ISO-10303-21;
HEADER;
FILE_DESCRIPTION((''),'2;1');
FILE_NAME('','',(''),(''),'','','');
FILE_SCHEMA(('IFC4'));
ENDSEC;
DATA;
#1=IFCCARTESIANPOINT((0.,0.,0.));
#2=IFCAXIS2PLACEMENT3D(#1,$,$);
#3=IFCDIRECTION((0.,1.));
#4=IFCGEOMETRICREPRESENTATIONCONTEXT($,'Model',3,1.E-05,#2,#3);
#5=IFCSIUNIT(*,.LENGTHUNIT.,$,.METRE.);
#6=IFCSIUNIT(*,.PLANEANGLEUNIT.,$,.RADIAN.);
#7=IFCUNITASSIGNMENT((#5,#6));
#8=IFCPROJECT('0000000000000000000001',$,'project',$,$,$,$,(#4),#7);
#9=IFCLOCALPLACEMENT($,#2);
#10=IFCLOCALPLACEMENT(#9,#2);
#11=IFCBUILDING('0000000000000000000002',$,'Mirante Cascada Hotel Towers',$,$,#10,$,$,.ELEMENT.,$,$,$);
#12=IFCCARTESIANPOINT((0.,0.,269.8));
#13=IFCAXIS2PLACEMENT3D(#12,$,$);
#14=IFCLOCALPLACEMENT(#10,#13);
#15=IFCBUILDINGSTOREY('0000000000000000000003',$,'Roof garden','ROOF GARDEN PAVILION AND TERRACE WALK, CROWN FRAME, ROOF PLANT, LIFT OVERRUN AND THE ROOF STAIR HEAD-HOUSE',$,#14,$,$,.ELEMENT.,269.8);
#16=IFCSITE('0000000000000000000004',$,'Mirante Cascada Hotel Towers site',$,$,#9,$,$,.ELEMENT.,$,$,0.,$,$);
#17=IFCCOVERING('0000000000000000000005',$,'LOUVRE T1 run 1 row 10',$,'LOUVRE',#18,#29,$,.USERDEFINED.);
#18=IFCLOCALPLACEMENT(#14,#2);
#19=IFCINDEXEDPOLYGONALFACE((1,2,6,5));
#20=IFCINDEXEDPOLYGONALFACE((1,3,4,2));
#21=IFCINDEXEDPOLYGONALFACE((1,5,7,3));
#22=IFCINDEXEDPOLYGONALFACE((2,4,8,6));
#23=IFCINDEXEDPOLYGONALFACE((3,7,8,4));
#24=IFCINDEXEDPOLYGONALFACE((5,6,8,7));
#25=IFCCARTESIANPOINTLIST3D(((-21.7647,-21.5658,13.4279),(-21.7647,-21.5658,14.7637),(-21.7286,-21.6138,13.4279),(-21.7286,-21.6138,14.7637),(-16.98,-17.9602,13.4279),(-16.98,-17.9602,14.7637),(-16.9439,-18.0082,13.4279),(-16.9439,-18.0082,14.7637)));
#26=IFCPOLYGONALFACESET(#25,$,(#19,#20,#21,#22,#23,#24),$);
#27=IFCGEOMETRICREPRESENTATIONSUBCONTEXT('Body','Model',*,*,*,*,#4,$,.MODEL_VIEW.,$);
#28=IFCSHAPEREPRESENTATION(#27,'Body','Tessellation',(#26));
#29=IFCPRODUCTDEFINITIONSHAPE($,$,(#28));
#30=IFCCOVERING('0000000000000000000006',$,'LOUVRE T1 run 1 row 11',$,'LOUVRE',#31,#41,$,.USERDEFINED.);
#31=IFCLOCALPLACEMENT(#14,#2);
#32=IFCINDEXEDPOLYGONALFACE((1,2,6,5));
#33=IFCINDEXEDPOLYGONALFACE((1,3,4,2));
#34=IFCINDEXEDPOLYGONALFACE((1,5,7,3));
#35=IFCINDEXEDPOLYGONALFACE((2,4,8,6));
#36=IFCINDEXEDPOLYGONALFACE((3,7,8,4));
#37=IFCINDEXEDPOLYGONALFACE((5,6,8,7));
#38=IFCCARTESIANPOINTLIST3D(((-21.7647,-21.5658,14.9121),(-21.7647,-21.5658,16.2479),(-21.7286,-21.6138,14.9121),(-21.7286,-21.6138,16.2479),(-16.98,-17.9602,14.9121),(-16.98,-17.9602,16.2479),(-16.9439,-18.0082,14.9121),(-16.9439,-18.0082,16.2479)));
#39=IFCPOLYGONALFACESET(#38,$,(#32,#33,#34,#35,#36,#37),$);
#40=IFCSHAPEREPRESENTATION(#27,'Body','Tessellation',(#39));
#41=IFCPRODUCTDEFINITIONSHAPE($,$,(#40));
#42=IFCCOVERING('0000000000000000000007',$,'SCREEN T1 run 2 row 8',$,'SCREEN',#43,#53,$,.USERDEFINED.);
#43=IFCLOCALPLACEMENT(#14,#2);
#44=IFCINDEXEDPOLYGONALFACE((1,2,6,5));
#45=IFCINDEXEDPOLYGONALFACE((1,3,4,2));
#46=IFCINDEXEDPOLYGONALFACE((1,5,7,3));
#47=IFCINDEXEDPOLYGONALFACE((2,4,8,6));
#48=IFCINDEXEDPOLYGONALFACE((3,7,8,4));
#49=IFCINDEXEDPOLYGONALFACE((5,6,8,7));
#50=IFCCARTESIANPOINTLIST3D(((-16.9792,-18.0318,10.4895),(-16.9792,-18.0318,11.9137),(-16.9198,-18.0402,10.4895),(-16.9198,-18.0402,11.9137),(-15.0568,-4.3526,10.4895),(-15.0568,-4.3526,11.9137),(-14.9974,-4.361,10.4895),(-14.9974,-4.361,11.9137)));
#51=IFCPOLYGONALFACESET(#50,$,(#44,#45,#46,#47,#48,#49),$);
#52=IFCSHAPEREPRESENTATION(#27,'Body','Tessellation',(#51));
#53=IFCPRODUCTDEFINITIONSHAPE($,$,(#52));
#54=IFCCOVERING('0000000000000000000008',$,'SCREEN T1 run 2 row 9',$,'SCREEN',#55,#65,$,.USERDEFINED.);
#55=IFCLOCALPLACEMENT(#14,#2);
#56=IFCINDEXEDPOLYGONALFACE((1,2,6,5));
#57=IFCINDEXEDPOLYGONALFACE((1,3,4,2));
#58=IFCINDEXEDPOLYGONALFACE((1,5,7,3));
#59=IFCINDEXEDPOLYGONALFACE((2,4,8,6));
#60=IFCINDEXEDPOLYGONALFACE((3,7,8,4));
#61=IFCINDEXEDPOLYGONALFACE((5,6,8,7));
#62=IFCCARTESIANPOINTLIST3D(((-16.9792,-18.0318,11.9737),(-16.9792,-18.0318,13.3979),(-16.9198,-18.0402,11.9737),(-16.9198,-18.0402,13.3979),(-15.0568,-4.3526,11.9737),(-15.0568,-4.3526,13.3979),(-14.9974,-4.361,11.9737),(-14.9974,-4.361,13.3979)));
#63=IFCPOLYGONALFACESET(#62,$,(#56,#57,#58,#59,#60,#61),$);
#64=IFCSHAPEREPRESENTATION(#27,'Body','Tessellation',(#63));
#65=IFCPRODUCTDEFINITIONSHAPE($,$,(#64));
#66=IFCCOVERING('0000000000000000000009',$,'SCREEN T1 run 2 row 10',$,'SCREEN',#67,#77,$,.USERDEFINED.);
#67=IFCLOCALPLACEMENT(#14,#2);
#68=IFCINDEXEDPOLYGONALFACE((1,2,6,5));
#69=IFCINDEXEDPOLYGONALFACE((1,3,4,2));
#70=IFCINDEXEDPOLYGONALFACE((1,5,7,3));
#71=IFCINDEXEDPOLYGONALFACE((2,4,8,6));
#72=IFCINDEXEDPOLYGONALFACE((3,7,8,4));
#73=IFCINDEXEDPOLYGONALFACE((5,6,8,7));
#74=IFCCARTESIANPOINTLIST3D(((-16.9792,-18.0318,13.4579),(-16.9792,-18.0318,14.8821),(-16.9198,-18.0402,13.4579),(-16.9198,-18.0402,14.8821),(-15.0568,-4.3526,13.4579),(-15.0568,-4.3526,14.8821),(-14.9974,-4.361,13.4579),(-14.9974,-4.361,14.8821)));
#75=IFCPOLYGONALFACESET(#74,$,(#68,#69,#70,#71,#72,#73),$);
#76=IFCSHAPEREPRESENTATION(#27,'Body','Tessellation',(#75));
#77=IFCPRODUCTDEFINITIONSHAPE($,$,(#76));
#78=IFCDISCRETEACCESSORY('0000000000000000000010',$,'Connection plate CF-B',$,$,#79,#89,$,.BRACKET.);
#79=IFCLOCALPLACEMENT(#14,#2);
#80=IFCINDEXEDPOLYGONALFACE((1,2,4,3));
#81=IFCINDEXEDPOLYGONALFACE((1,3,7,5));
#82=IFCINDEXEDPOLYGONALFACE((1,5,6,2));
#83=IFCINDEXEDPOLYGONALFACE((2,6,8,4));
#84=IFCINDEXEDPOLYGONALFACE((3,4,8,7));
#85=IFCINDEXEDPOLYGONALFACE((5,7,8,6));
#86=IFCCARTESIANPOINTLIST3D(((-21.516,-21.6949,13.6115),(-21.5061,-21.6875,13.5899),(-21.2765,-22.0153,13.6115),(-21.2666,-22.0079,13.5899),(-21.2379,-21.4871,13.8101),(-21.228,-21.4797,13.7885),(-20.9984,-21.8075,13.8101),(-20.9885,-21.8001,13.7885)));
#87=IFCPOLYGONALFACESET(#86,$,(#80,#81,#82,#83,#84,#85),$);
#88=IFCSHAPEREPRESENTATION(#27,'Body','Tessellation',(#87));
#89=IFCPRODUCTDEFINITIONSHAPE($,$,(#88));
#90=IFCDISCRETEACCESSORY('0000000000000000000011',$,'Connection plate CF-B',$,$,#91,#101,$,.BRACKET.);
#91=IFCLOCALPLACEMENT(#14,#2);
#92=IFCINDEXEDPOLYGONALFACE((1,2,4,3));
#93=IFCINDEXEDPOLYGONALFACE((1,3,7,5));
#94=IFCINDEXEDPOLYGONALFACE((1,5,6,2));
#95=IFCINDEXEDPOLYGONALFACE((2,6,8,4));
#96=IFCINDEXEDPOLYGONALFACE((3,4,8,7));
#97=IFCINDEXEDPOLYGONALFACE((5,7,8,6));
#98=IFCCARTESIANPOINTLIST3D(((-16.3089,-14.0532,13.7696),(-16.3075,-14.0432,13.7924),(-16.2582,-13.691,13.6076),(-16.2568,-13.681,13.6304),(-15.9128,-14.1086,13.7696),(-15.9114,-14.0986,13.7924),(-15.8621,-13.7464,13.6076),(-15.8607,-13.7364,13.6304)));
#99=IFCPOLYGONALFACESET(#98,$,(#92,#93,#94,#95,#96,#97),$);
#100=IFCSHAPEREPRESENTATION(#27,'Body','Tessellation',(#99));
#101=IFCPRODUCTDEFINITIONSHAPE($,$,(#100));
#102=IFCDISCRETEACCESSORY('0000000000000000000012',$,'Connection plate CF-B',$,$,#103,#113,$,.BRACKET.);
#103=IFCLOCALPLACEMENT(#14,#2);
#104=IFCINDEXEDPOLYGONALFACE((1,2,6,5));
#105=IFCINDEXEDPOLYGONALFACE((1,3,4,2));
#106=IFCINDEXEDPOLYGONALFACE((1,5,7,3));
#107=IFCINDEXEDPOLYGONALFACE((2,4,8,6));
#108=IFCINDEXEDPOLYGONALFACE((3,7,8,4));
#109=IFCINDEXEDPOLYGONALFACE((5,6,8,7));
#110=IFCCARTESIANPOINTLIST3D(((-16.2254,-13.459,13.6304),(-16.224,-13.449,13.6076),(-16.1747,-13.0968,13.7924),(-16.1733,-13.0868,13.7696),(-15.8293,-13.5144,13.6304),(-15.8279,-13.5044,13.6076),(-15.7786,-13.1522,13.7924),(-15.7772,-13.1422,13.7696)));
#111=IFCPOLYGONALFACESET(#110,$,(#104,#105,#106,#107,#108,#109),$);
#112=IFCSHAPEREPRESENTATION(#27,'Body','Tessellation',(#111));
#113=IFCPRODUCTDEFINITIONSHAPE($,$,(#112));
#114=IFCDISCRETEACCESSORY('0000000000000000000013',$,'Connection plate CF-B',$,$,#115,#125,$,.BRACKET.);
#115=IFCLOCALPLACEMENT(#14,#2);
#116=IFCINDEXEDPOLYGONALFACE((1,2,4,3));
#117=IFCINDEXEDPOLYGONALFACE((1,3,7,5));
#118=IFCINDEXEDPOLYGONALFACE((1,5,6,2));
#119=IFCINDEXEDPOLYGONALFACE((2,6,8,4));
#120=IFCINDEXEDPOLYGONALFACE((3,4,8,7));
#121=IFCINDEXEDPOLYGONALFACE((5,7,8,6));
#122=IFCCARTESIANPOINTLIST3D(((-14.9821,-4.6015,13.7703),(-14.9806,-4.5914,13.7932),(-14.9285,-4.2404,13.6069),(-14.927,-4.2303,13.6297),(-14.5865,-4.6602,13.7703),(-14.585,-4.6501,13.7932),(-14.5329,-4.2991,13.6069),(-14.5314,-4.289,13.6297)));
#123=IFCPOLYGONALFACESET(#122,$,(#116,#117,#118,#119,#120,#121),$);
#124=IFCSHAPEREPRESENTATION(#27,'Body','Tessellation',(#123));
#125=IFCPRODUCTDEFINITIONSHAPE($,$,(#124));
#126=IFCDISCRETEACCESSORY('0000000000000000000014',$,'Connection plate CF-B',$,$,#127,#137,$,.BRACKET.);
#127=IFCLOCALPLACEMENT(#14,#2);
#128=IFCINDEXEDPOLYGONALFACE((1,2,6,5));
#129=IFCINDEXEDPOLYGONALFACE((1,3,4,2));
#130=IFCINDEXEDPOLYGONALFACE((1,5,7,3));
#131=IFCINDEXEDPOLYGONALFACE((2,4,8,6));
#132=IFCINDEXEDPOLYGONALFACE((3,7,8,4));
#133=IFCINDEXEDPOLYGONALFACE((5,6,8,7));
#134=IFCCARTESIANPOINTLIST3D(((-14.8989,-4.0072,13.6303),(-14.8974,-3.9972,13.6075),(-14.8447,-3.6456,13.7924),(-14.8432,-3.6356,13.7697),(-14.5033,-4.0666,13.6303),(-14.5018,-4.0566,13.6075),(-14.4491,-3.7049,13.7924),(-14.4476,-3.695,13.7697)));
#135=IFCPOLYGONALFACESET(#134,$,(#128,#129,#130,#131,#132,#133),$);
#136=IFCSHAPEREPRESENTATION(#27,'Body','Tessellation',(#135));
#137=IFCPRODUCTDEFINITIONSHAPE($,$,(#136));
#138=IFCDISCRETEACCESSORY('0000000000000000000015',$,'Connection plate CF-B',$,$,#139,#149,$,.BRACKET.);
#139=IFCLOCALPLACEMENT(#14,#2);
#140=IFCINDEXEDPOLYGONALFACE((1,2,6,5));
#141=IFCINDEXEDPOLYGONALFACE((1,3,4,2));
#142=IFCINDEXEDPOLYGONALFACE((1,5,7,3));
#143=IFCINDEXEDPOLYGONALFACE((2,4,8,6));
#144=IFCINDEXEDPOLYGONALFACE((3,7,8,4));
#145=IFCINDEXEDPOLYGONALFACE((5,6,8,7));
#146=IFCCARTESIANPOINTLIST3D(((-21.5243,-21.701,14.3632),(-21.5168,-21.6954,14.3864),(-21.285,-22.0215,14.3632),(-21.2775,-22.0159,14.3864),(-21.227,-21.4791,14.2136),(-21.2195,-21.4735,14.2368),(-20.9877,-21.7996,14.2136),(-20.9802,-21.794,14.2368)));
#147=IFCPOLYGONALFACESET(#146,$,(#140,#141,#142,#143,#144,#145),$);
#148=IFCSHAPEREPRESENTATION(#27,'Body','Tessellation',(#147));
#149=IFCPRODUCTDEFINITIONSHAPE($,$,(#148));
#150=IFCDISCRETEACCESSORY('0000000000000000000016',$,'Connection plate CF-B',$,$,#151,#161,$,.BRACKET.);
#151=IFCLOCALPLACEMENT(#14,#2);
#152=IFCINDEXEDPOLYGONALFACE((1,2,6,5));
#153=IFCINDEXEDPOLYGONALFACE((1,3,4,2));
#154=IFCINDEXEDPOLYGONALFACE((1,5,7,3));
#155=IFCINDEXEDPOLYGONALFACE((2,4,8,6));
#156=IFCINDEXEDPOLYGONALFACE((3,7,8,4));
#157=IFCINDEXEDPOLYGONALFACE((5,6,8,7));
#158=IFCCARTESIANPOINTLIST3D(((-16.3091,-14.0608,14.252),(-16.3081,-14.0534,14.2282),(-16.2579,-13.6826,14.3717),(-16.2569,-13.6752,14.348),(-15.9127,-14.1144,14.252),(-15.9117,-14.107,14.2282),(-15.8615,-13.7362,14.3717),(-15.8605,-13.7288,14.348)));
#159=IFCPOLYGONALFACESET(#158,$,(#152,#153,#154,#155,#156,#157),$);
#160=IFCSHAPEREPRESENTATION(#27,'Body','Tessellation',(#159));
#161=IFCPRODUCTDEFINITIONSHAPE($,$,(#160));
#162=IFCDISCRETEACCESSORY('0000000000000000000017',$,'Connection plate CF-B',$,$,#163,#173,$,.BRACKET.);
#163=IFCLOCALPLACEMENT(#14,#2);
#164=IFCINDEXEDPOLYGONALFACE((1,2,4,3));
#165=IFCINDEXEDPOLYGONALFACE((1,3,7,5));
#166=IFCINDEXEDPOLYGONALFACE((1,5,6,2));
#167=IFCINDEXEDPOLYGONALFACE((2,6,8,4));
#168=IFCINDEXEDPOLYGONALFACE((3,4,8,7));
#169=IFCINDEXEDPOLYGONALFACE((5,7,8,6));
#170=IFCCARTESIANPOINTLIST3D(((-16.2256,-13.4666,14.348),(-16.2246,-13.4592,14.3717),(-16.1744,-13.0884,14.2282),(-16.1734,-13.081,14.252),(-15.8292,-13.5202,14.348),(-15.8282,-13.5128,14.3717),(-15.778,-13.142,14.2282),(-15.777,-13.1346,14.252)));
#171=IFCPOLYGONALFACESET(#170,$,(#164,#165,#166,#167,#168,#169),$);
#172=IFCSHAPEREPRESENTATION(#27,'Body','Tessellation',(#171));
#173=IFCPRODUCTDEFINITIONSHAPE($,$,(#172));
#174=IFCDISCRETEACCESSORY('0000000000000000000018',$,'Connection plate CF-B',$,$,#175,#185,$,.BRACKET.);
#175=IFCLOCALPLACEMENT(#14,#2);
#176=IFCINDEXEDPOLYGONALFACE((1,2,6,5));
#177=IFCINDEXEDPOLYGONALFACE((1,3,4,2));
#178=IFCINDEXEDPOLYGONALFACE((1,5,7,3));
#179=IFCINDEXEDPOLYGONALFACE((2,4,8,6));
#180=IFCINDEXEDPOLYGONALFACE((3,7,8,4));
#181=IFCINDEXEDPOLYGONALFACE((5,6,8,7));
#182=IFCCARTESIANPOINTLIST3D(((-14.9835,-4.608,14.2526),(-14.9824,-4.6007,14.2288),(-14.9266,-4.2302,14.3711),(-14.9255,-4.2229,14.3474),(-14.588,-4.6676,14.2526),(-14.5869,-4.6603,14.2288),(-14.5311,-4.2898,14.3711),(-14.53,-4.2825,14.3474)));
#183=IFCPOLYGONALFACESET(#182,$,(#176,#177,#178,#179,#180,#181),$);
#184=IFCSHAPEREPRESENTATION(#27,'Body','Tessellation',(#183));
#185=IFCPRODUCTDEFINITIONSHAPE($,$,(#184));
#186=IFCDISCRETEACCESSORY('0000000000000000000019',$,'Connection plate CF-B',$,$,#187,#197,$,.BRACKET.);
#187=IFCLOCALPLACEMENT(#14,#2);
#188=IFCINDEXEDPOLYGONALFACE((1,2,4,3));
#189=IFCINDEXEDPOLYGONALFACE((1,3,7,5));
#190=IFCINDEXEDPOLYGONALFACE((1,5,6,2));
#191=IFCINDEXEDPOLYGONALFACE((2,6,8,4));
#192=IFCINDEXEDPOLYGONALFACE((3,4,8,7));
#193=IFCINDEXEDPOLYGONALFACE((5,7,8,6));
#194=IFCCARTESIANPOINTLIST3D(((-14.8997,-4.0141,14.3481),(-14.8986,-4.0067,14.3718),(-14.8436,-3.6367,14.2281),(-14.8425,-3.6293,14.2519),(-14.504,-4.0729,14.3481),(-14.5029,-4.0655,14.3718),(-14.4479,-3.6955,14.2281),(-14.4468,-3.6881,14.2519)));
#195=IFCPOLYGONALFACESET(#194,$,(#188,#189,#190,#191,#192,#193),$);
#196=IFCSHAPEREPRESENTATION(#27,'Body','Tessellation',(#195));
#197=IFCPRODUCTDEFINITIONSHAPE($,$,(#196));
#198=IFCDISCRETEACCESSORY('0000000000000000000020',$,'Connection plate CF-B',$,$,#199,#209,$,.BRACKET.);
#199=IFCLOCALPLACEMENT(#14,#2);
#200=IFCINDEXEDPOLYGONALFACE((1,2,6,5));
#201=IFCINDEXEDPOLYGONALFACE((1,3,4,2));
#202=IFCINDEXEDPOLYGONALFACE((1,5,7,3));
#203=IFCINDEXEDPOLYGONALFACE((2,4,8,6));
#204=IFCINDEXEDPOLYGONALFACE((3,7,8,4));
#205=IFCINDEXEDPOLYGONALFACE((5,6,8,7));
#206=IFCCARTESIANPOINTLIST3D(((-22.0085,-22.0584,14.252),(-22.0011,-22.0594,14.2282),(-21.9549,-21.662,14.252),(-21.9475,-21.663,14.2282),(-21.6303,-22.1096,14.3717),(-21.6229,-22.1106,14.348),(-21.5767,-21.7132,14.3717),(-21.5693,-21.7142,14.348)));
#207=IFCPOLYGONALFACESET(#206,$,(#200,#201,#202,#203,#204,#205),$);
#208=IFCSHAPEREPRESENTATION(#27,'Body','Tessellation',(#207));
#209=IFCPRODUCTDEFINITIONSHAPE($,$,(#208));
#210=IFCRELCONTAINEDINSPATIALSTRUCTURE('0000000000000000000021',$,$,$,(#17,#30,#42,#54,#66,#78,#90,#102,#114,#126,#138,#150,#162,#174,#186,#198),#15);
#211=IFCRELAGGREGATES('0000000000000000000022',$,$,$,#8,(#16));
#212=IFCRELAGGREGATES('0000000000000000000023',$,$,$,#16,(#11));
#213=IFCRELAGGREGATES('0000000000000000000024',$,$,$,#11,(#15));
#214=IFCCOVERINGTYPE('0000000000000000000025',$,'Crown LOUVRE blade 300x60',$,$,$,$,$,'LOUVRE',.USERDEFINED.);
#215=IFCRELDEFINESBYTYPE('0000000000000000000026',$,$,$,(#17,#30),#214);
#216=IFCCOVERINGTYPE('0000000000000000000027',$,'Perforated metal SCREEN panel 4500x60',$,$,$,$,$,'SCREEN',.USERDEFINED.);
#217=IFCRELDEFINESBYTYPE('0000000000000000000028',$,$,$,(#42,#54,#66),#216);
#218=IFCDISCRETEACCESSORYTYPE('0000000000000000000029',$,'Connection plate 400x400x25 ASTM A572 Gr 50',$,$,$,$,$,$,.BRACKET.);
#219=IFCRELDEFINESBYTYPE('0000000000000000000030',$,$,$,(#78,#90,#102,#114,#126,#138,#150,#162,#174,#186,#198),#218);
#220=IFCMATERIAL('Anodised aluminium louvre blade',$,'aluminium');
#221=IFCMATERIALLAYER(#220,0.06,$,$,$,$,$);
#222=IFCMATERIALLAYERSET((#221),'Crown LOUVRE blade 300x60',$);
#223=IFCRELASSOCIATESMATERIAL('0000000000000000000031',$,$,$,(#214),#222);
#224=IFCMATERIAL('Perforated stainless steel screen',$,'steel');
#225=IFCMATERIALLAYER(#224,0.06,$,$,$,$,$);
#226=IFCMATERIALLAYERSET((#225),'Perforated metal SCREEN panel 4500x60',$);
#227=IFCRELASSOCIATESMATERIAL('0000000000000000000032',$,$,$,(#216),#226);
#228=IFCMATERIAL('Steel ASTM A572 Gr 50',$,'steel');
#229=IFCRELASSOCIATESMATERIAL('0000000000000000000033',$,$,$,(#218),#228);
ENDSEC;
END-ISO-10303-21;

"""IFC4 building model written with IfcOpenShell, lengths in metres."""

from ifc_helpers import new_model, si_unit, direction, frame, origin, origin_2d, place, context, subcontext, project, spatial, rectangle, extrude, material, layer, layer_set, material_profile, profile_set, type_object, element, save


model = new_model("IFC4")

# Units and contexts
model_context = context("Model", 3, precision=1e-05, world=origin(), true_north=direction((0.0, 1.0)))
body_context = subcontext(model_context, "Body", "Model", "MODEL_VIEW")
ifc_project = project(units=[si_unit("LENGTHUNIT", "METRE"), si_unit("PLANEANGLEUNIT", "RADIAN")], contexts=[model_context])

# Site, building, storey
site_placement = place(None, origin())
site = spatial("IfcSite", under=ifc_project, at=site_placement, Name="Mirante Cascada Hotel Towers site", CompositionType="ELEMENT", RefElevation=0.0)
building_placement = place(site_placement, origin())
building = spatial("IfcBuilding", under=site, at=building_placement, Name="Mirante Cascada Hotel Towers", CompositionType="ELEMENT")
storey_placement = place(building_placement, frame((0.0, 0.0, 269.8)))
storey = spatial("IfcBuildingStorey", under=building, at=storey_placement, Name="Roof garden", Description="ROOF GARDEN PAVILION AND TERRACE WALK, CROWN FRAME, ROOF PLANT, LIFT OVERRUN AND THE ROOF STAIR HEAD-HOUSE", CompositionType="ELEMENT", Elevation=269.8)

# Coverings
ifc_material_1 = material(Name="Anodised aluminium louvre blade", Category="aluminium")
ifc_layer_1 = layer(ifc_material_1, 0.06)
ifc_layer_set_1 = layer_set([ifc_layer_1], Name="Crown LOUVRE blade 300x60")
covering_type_1 = type_object("IfcCoveringType", Name="Crown LOUVRE blade 300x60", ElementType="LOUVRE", PredefinedType="USERDEFINED", material=ifc_layer_set_1)
for number, where, z_axis, x_axis, name in (
    (1, (-19.3543, -19.787, 13.4279), (0.0, 0.0, 1.0), (0.798636, 0.601815, 0.0), "LOUVRE T1 run 1 row 10"),
    (2, (-19.3543, -19.787, 14.9121), (0.0, 0.0, 1.0), (0.798636, 0.601815, 0.0), "LOUVRE T1 run 1 row 11"),
):
    element("IfcCovering", number, at=place(storey_placement, frame(where, z_axis=z_axis, x_axis=x_axis)), inside=storey, type_object=covering_type_1, Name=name, ObjectType="LOUVRE", PredefinedType="USERDEFINED", context=body_context, shape_type="SweptSolid", body=[
        extrude(rectangle(XDim=5.9912, YDim=0.06, at=origin_2d()), origin(), (0.0, 0.0, 1.0), 1.3358),
    ])
ifc_material_2 = material(Name="Perforated stainless steel screen", Category="steel")
ifc_layer_2 = layer(ifc_material_2, 0.06)
ifc_layer_set_2 = layer_set([ifc_layer_2], Name="Perforated metal SCREEN panel 4500x60")
covering_type_2 = type_object("IfcCoveringType", Name="Perforated metal SCREEN panel 4500x60", ElementType="SCREEN", PredefinedType="USERDEFINED", material=ifc_layer_set_2)
for number, where, z_axis, x_axis, name in (
    (3, (-15.9883, -11.1964, 10.4895), (0.0, 0.0, 1.0), (0.139173, 0.990268, 0.0), "SCREEN T1 run 2 row 8"),
    (4, (-15.9883, -11.1964, 11.9737), (0.0, 0.0, 1.0), (0.139173, 0.990268, 0.0), "SCREEN T1 run 2 row 9"),
    (5, (-15.9883, -11.1964, 13.4579), (0.0, 0.0, 1.0), (0.139173, 0.990268, 0.0), "SCREEN T1 run 2 row 10"),
):
    element("IfcCovering", number, at=place(storey_placement, frame(where, z_axis=z_axis, x_axis=x_axis)), inside=storey, type_object=covering_type_2, Name=name, ObjectType="SCREEN", PredefinedType="USERDEFINED", context=body_context, shape_type="SweptSolid", body=[
        extrude(rectangle(XDim=13.8136, YDim=0.06, at=origin_2d()), origin(), (0.0, 0.0, 1.0), 1.4242),
    ])

# Discrete accessories
ifc_material_3 = material(Name="Steel ASTM A572 Gr 50", Category="steel")
ifc_material_profile_1 = material_profile(ifc_material_3, rectangle(XDim=0.4, YDim=0.4, at=origin_2d()), Name="Connection plate 400x400x25 ASTM A572 Gr 50")
ifc_profile_set_1 = profile_set([ifc_material_profile_1], Name="Steel ASTM A572 Gr 50")
discrete_accessory_type = type_object("IfcDiscreteAccessoryType", Name="Connection plate 400x400x25 ASTM A572 Gr 50", PredefinedType="BRACKET", material=ifc_profile_set_1)
for number, where, z_axis, x_axis, name in (
    (6, (-21.2473, -21.7438, 13.6892), (-0.397809, -0.297352, 0.867946), (0.598705, -0.80097, 0.0), "Connection plate CF-B"),
    (7, (-16.0855, -13.8998, 13.6886), (0.056144, 0.401028, 0.914344), (-0.990342, 0.138648, 0.0), "Connection plate CF-B"),
    (8, (-16.0006, -13.2956, 13.6886), (-0.056144, -0.401028, 0.914344), (0.990342, -0.138648, 0.0), "Connection plate CF-B"),
):
    element("IfcDiscreteAccessory", number, at=place(storey_placement, frame(where, z_axis=z_axis, x_axis=x_axis)), inside=storey, type_object=discrete_accessory_type, Name=name, PredefinedType="BRACKET", context=body_context, shape_type="SweptSolid", body=[
        extrude(rectangle(XDim=0.4, YDim=0.4, at=origin_2d()), origin(), (0.0, 0.0, 1.0), 0.0249),
    ])
discrete_accessory_1_placement = place(storey_placement, frame((-14.7575, -4.4503, 13.6886), z_axis=(0.060043, 0.404291, 0.912657), x_axis=(-0.989151, 0.146904, 0.0)))
element("IfcDiscreteAccessory", 9, at=discrete_accessory_1_placement, inside=storey, type_object=discrete_accessory_type, Name="Connection plate CF-B", PredefinedType="BRACKET", context=body_context, shape_type="SweptSolid", body=[
    extrude(rectangle(XDim=0.4, YDim=0.4, at=origin_2d()), origin(), (0.0, 0.0, 1.0), 0.025),
])
discrete_accessory_2_placement = place(storey_placement, frame((-14.6725, -3.8461, 13.6886), z_axis=(-0.06014, -0.400935, 0.914131), x_axis=(0.988936, -0.14834, 0.0)))
element("IfcDiscreteAccessory", 10, at=discrete_accessory_2_placement, inside=storey, type_object=discrete_accessory_type, Name="Connection plate CF-B", PredefinedType="BRACKET", context=body_context, shape_type="SweptSolid", body=[
    extrude(rectangle(XDim=0.4, YDim=0.4, at=origin_2d()), origin(), (0.0, 0.0, 1.0), 0.0249),
])
discrete_accessory_3_placement = place(storey_placement, frame((-21.256, -21.7503, 14.2884), z_axis=(0.299796, 0.223848, 0.92737), x_axis=(-0.598289, 0.80128, 0.0)))
element("IfcDiscreteAccessory", 11, at=discrete_accessory_3_placement, inside=storey, type_object=discrete_accessory_type, Name="Connection plate CF-B", PredefinedType="BRACKET", context=body_context, shape_type="SweptSolid", body=[
    extrude(rectangle(XDim=0.4, YDim=0.4, at=origin_2d()), origin(), (0.0, 0.0, 1.0), 0.025),
])
for number, where, z_axis, x_axis, name in (
    (12, (-16.0843, -13.8911, 14.2881), (-0.04009, -0.296665, 0.95414), (0.990992, -0.133918, 0.0), "Connection plate CF-B"),
    (13, (-16.0018, -13.3043, 14.2881), (0.04009, 0.296665, 0.95414), (-0.990992, 0.133918, 0.0), "Connection plate CF-B"),
    (14, (-14.7562, -4.4416, 14.2881), (-0.044144, -0.292953, 0.955107), (0.988837, -0.149003, 0.0), "Connection plate CF-B"),
    (15, (-14.6738, -3.8548, 14.2881), (0.044091, 0.296615, 0.953979), (-0.989132, 0.147033, 0.0), "Connection plate CF-B"),
    (16, (-21.7852, -21.8868, 14.2881), (-0.296665, 0.04009, 0.95414), (-0.133918, -0.990992, 0.0), "Connection plate CF-B"),
):
    element("IfcDiscreteAccessory", number, at=place(storey_placement, frame(where, z_axis=z_axis, x_axis=x_axis)), inside=storey, type_object=discrete_accessory_type, Name=name, PredefinedType="BRACKET", context=body_context, shape_type="SweptSolid", body=[
        extrude(rectangle(XDim=0.4, YDim=0.4, at=origin_2d()), origin(), (0.0, 0.0, 1.0), 0.0249),
    ])

save(model, "model.ifc")
